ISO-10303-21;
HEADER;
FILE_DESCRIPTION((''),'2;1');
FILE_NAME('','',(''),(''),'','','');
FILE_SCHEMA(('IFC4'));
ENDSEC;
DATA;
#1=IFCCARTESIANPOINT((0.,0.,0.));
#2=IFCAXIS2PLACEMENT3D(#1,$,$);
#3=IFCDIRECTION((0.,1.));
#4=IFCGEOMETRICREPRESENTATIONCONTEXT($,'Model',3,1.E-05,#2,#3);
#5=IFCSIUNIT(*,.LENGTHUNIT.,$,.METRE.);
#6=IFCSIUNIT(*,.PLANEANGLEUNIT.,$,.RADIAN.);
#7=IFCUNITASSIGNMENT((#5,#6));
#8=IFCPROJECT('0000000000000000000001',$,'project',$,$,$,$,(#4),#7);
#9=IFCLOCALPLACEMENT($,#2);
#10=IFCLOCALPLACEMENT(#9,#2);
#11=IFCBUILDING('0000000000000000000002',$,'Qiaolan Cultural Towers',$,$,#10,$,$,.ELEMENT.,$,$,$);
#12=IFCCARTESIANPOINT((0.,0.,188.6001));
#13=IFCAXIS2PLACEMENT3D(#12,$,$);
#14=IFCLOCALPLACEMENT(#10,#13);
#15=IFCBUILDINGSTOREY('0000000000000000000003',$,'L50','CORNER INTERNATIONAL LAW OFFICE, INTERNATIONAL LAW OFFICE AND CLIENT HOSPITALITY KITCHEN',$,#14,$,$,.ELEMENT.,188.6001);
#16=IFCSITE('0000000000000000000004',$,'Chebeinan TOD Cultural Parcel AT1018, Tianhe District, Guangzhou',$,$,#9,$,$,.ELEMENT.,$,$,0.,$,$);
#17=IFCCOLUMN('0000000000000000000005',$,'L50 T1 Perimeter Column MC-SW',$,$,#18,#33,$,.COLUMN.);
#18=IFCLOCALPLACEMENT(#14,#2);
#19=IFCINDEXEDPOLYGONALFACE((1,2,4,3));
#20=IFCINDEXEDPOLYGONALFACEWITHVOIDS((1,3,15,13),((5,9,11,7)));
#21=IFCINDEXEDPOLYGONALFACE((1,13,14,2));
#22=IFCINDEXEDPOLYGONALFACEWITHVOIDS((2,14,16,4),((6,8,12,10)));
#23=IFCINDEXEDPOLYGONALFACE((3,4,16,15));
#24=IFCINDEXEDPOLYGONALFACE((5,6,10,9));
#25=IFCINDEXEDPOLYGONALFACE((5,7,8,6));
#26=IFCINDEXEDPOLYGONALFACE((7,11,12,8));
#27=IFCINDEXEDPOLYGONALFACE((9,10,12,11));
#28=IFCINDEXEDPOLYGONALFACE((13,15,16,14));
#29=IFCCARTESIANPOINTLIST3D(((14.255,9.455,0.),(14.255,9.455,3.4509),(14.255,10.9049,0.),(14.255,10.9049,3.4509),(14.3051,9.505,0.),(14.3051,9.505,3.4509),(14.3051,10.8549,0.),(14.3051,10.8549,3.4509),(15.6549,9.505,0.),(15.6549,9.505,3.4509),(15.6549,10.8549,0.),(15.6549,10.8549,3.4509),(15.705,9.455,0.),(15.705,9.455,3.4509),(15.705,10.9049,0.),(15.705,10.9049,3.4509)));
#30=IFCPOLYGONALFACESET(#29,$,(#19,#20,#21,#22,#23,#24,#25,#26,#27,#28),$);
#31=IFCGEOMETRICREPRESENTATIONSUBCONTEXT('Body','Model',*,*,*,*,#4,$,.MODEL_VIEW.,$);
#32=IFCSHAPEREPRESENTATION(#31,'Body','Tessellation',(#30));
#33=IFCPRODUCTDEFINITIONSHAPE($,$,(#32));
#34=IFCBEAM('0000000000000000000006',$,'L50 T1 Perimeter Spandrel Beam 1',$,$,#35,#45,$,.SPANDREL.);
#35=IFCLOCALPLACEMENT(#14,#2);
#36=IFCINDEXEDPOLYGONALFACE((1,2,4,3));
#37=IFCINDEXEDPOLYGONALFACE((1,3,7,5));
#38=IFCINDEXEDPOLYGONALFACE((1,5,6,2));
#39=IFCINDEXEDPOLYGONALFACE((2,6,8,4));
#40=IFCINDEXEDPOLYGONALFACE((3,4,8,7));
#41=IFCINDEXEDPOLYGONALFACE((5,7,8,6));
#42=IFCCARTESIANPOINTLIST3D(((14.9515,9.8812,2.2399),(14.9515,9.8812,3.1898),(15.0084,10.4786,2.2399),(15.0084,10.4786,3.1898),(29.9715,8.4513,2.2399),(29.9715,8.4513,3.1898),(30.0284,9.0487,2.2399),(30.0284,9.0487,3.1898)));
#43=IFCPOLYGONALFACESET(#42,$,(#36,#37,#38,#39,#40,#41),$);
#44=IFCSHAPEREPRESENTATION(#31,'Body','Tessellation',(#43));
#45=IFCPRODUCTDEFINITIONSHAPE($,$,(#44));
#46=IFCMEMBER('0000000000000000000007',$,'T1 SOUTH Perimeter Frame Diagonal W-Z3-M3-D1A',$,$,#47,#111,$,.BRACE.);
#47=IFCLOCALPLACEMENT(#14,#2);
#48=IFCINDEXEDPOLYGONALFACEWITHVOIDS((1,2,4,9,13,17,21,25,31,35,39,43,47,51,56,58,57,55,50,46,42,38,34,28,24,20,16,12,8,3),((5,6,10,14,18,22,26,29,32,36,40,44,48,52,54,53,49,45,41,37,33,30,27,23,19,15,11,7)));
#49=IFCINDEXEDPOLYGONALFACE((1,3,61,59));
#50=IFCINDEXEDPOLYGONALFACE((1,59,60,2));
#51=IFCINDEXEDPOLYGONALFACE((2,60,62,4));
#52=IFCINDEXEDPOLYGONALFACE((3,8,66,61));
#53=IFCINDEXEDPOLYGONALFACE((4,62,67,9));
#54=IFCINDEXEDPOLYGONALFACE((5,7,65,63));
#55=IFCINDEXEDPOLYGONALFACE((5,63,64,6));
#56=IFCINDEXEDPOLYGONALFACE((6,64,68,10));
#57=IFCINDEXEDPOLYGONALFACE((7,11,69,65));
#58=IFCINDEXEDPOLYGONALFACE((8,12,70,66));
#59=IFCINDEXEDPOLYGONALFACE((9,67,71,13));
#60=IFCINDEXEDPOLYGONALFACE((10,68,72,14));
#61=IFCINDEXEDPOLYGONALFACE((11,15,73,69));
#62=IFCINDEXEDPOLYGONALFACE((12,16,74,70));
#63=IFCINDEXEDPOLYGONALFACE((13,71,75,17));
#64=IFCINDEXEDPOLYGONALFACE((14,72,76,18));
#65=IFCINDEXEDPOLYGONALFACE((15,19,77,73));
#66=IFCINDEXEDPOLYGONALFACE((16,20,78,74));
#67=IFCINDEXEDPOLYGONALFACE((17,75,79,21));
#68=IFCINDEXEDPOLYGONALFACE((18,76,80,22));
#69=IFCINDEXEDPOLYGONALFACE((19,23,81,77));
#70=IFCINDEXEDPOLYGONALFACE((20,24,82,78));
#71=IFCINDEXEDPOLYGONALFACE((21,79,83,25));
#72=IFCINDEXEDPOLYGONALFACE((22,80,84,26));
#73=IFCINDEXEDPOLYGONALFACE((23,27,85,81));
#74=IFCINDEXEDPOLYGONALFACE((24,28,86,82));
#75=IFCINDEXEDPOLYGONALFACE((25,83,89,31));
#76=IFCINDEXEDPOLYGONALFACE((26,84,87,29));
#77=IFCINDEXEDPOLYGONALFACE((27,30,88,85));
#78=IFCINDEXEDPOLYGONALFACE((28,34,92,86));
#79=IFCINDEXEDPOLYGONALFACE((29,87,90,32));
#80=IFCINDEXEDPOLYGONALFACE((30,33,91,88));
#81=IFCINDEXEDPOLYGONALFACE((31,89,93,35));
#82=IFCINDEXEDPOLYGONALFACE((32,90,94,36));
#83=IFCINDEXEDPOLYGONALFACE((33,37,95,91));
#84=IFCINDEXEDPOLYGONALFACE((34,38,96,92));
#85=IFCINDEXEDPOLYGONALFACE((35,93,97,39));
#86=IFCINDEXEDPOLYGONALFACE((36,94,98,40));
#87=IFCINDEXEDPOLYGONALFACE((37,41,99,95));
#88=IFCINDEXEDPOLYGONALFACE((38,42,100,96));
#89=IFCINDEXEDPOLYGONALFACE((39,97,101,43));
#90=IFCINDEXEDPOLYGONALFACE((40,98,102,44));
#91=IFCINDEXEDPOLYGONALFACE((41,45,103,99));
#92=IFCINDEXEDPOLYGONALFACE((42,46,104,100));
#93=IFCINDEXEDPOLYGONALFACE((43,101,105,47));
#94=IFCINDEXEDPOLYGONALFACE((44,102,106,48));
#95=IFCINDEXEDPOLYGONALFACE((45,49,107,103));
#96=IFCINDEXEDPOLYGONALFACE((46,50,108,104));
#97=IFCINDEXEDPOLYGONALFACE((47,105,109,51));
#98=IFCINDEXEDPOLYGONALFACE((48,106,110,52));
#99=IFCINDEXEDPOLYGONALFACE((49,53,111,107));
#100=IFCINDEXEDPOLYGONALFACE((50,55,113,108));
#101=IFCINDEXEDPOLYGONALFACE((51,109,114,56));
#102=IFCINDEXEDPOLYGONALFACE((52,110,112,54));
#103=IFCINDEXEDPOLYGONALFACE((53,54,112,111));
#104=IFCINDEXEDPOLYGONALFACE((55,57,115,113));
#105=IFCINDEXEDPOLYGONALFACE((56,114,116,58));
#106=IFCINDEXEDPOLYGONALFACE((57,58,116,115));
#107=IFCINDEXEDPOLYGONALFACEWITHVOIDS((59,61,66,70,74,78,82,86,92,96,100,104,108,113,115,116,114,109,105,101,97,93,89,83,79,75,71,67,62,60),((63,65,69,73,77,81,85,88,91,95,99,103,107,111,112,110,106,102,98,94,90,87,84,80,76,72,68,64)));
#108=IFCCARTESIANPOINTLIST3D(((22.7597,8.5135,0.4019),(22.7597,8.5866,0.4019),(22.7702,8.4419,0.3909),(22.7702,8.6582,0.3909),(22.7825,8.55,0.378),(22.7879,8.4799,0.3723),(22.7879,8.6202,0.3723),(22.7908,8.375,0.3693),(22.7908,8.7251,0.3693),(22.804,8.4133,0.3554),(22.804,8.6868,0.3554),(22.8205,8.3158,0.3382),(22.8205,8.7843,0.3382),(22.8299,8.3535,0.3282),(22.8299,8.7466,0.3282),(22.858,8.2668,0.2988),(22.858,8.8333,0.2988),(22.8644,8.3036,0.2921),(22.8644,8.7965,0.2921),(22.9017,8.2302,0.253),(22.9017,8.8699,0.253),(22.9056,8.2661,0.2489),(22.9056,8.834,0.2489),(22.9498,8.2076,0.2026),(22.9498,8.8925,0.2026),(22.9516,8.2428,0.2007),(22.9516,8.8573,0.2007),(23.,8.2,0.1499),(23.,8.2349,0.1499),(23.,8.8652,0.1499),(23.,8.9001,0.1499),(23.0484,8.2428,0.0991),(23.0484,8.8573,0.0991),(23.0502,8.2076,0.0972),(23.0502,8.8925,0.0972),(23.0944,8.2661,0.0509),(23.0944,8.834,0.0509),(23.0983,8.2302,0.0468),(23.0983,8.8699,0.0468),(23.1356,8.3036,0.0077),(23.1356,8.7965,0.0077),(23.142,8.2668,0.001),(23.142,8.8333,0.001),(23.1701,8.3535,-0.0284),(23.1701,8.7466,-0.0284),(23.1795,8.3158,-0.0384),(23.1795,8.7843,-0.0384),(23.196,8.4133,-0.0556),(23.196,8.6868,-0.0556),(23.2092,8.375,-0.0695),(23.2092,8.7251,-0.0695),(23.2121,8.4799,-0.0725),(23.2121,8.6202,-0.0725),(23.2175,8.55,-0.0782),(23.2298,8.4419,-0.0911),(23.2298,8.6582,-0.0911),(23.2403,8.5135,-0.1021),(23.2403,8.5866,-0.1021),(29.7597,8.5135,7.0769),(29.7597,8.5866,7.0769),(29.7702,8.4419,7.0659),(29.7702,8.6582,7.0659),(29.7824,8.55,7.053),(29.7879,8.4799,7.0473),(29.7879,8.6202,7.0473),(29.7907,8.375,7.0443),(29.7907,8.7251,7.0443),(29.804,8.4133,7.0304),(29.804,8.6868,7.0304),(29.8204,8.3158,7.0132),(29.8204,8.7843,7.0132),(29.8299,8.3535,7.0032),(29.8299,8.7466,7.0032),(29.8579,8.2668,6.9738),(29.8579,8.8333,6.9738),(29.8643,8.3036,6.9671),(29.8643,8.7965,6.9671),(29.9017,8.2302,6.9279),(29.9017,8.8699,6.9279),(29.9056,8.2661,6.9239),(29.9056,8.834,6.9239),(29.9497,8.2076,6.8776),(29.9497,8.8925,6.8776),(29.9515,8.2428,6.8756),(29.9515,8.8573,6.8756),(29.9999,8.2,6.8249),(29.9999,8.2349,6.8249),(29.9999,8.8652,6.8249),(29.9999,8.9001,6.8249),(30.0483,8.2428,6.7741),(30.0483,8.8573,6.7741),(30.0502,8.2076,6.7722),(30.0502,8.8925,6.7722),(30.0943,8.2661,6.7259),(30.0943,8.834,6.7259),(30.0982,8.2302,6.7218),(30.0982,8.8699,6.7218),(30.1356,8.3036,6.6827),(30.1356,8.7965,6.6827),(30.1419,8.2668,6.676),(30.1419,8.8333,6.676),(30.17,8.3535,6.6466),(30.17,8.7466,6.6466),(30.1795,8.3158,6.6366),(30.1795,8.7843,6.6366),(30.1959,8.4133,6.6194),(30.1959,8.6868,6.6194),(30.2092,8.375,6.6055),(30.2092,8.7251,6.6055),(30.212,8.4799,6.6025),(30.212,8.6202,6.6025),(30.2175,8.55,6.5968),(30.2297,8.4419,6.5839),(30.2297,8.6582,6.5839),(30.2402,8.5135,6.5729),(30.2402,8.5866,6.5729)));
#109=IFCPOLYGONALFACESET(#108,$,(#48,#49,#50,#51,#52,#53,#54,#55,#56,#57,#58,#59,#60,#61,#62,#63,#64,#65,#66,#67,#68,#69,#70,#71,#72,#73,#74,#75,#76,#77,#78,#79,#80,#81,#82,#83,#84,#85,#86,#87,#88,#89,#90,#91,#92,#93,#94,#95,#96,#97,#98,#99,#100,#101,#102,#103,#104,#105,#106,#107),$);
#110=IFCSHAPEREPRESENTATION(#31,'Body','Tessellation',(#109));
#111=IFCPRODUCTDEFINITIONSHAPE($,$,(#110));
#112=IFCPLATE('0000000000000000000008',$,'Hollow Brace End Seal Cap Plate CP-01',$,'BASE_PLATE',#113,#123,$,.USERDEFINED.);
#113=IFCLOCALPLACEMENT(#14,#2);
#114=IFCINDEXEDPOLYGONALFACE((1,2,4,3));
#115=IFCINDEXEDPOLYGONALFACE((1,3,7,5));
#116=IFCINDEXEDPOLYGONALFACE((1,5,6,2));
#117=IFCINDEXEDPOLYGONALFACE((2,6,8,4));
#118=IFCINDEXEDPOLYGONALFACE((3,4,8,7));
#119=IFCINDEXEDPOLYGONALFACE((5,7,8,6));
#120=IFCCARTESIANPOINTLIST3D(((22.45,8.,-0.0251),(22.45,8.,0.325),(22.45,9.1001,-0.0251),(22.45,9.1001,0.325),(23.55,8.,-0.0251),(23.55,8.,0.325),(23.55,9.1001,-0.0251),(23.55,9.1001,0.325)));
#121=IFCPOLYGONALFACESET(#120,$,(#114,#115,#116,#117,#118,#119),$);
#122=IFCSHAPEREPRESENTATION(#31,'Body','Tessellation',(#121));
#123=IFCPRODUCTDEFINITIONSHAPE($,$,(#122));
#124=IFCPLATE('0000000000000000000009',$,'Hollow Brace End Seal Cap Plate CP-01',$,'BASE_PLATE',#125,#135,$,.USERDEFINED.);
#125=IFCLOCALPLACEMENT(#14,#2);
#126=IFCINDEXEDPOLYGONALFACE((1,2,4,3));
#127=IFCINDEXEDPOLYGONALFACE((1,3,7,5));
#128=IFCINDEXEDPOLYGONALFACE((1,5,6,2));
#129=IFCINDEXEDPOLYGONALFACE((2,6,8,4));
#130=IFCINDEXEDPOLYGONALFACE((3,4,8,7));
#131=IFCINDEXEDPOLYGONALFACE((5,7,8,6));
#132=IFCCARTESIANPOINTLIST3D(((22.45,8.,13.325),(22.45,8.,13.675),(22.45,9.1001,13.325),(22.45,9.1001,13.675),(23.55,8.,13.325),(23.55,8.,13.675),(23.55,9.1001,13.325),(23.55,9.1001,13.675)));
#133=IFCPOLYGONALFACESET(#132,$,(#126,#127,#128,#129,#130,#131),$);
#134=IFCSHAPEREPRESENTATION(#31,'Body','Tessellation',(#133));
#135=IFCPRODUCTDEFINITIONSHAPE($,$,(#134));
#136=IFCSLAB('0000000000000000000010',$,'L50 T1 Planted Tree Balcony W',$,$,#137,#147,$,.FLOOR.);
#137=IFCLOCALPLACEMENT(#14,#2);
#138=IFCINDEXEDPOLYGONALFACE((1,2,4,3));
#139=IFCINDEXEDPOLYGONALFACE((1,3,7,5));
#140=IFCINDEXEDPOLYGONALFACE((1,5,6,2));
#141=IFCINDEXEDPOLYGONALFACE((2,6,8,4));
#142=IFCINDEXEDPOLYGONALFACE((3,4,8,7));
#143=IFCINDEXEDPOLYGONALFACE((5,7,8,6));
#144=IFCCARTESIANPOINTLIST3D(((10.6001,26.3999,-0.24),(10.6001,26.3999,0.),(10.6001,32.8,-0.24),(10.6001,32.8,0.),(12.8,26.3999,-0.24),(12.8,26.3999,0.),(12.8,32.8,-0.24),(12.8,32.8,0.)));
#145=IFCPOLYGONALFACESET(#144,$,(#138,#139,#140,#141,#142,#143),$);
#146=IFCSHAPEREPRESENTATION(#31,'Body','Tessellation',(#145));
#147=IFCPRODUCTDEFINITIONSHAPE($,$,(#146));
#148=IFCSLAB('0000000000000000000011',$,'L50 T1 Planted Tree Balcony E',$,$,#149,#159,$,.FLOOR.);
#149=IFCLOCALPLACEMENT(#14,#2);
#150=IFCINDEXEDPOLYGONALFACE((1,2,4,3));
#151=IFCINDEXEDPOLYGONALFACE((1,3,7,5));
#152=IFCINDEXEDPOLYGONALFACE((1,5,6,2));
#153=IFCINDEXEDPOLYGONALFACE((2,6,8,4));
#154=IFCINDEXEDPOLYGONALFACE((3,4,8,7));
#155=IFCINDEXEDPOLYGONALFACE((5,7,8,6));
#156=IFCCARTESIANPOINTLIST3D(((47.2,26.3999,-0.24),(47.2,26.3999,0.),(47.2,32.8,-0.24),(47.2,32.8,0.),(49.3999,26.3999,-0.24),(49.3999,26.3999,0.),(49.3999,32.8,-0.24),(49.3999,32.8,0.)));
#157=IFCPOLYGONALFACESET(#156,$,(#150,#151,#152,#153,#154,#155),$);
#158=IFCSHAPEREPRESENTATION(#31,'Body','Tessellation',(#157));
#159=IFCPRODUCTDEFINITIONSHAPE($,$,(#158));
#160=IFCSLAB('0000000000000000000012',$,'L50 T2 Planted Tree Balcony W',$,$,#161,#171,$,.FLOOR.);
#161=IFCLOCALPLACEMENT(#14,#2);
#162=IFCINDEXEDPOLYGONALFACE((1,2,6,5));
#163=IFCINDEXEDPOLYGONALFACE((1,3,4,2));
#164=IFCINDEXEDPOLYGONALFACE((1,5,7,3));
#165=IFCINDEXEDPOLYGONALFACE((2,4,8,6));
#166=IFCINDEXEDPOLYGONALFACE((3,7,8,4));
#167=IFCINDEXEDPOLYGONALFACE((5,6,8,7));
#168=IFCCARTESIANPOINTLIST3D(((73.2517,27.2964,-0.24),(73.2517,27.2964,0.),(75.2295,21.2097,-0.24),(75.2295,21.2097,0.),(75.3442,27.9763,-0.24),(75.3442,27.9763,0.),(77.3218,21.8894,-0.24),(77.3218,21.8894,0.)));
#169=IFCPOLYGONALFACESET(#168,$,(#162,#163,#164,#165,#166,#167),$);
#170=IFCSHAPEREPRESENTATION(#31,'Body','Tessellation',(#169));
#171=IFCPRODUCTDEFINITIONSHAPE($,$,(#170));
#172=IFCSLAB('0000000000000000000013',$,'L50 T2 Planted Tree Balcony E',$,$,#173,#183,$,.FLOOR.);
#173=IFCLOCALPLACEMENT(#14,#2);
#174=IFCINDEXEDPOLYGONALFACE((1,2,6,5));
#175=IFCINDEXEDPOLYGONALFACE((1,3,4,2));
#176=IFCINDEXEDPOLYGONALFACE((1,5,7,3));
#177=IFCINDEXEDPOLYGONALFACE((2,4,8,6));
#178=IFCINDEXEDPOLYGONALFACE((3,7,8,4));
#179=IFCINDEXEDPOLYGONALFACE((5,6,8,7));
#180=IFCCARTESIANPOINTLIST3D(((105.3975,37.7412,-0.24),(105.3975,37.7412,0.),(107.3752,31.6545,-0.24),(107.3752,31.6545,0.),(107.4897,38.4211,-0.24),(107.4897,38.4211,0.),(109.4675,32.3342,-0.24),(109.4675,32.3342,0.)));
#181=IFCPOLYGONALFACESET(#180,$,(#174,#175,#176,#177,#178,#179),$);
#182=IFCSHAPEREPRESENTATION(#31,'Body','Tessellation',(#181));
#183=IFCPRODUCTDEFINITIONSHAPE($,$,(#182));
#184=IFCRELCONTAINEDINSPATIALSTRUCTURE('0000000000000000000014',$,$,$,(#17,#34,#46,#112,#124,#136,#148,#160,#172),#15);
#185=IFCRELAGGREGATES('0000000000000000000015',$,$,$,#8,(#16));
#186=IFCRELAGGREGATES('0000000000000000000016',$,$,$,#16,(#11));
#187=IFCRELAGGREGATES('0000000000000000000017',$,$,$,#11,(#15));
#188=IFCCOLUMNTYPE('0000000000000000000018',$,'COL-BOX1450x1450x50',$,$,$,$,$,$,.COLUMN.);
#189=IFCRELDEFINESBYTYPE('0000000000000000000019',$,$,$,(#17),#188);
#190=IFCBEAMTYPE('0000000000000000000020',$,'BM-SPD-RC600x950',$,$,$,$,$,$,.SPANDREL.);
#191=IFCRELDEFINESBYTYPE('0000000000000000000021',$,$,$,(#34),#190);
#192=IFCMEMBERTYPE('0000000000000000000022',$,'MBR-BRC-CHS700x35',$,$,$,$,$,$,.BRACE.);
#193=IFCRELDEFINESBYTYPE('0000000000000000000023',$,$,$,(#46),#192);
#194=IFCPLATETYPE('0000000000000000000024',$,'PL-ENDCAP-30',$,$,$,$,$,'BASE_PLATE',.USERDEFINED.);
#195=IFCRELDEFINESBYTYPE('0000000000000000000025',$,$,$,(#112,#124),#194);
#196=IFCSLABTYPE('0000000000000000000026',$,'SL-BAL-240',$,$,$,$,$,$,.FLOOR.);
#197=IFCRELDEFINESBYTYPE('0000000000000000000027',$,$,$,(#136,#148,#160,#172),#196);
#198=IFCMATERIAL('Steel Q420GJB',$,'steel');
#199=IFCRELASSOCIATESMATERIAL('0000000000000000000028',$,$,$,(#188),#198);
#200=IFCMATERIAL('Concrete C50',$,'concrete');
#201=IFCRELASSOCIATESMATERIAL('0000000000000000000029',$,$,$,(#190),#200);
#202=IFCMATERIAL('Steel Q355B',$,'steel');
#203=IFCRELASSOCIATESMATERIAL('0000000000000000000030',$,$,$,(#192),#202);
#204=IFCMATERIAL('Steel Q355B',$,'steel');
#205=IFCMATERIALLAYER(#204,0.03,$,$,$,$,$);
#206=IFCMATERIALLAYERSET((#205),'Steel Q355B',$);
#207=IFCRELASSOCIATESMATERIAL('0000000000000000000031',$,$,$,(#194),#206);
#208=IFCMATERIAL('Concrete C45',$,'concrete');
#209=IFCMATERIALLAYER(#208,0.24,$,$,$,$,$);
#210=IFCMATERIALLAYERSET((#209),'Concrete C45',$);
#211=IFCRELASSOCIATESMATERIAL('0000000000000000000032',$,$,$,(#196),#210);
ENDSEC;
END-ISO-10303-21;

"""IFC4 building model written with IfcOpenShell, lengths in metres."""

from ifc_helpers import new_model, si_unit, direction, frame, origin, origin_2d, place, context, subcontext, project, spatial, polyline, rectangle, hollow_rectangle, hollow_circle, outline, extrude, material, layer, layer_set, material_profile, profile_set, type_object, element, save


model = new_model("IFC4")

# Units and contexts
model_context = context("Model", 3, precision=1e-05, world=origin(), true_north=direction((0.0, 1.0)))
body_context = subcontext(model_context, "Body", "Model", "MODEL_VIEW")
ifc_project = project(units=[si_unit("LENGTHUNIT", "METRE"), si_unit("PLANEANGLEUNIT", "RADIAN")], contexts=[model_context])

# Site, building, storey
site_placement = place(None, origin())
site = spatial("IfcSite", under=ifc_project, at=site_placement, Name="Chebeinan TOD Cultural Parcel AT1018, Tianhe District, Guangzhou", CompositionType="ELEMENT", RefElevation=0.0)
building_placement = place(site_placement, origin())
building = spatial("IfcBuilding", under=site, at=building_placement, Name="Qiaolan Cultural Towers", CompositionType="ELEMENT")
storey_placement = place(building_placement, frame((0.0, 0.0, 188.6001)))
storey = spatial("IfcBuildingStorey", under=building, at=storey_placement, Name="L50", Description="CORNER INTERNATIONAL LAW OFFICE, INTERNATIONAL LAW OFFICE AND CLIENT HOSPITALITY KITCHEN", CompositionType="ELEMENT", Elevation=188.6001)

# Column
ifc_material_1 = material(Name="Steel Q420GJB", Category="steel")
ifc_material_profile_1 = material_profile(ifc_material_1, hollow_rectangle(XDim=1.45, YDim=1.45, WallThickness=0.05, at=origin_2d()), Name="BOX1450x1450x50")
ifc_profile_set_1 = profile_set([ifc_material_profile_1], Name="Steel Q420GJB")
column_type = type_object("IfcColumnType", Name="COL-BOX1450x1450x50", PredefinedType="COLUMN", material=ifc_profile_set_1)
column_placement = place(storey_placement, frame((14.98, 10.1799, 0.0), z_axis=(0.0, 0.0, 1.0), x_axis=(1.0, 0.0, 0.0)))
element("IfcColumn", 1, at=column_placement, inside=storey, type_object=column_type, Name="L50 T1 Perimeter Column MC-SW", PredefinedType="COLUMN", context=body_context, shape_type="SweptSolid", body=[
    extrude(hollow_rectangle(XDim=1.45, YDim=1.45, WallThickness=0.05, at=origin_2d()), origin(), (0.0, 0.0, 1.0), 3.4509),
])

# Beam
ifc_material_2 = material(Name="Concrete C50", Category="concrete")
ifc_material_profile_2 = material_profile(ifc_material_2, rectangle(XDim=0.6001, YDim=0.95, at=origin_2d()), Name="RC600x950")
ifc_profile_set_2 = profile_set([ifc_material_profile_2], Name="Concrete C50")
beam_type = type_object("IfcBeamType", Name="BM-SPD-RC600x950", PredefinedType="SPANDREL", material=ifc_profile_set_2)
beam_placement = place(storey_placement, frame((14.98, 10.1799, 2.7148), z_axis=(0.995499, -0.094773, 0.0), x_axis=(0.094773, 0.995499, 0.0)))
element("IfcBeam", 2, at=beam_placement, inside=storey, type_object=beam_type, Name="L50 T1 Perimeter Spandrel Beam 1", PredefinedType="SPANDREL", context=body_context, shape_type="SweptSolid", body=[
    extrude(rectangle(XDim=0.6001, YDim=0.95, at=origin_2d()), origin(), (0.0, 0.0, 1.0), 15.0879),
])

# Member
ifc_material_3 = material(Name="Steel Q355B", Category="steel")
ifc_material_profile_3 = material_profile(ifc_material_3, hollow_circle(Radius=0.3501, WallThickness=0.0349, at=origin_2d()), Name="CHS700x35")
ifc_profile_set_3 = profile_set([ifc_material_profile_3], Name="Steel Q355B")
member_type = type_object("IfcMemberType", Name="MBR-BRC-CHS700x35", PredefinedType="BRACE", material=ifc_profile_set_3)
member_placement = place(storey_placement, frame((23.0, 8.55, 0.1499), z_axis=(0.723705, 0.0, 0.690109), x_axis=(0.0, 1.0, 0.0)))
element("IfcMember", 3, at=member_placement, inside=storey, type_object=member_type, Name="T1 SOUTH Perimeter Frame Diagonal W-Z3-M3-D1A", PredefinedType="BRACE", context=body_context, shape_type="SweptSolid", body=[
    extrude(hollow_circle(Radius=0.3501, WallThickness=0.0349, at=origin_2d()), origin(), (0.0, 0.0, 1.0), 9.6724),
])

# Plates
ifc_material_4 = material(Name="Steel Q355B", Category="steel")
ifc_layer_1 = layer(ifc_material_4, 0.03)
ifc_layer_set_1 = layer_set([ifc_layer_1], Name="Steel Q355B")
plate_type = type_object("IfcPlateType", Name="PL-ENDCAP-30", ElementType="BASE_PLATE", PredefinedType="USERDEFINED", material=ifc_layer_set_1)
for number, where, z_axis, x_axis, name in (
    (4, (23.0, 8.55, -0.0251), (0.0, 0.0, 1.0), (1.0, 0.0, 0.0), "Hollow Brace End Seal Cap Plate CP-01"),
    (5, (23.0, 8.55, 13.325), (0.0, 0.0, 1.0), (1.0, 0.0, 0.0), "Hollow Brace End Seal Cap Plate CP-01"),
):
    element("IfcPlate", number, at=place(storey_placement, frame(where, z_axis=z_axis, x_axis=x_axis)), inside=storey, type_object=plate_type, Name=name, ObjectType="BASE_PLATE", PredefinedType="USERDEFINED", context=body_context, shape_type="SweptSolid", body=[
        extrude(rectangle(XDim=1.1001, YDim=1.1001, at=origin_2d()), origin(), (0.0, 0.0, 1.0), 0.3501),
    ])

# Slabs
ifc_material_5 = material(Name="Concrete C45", Category="concrete")
ifc_layer_2 = layer(ifc_material_5, 0.24)
ifc_layer_set_2 = layer_set([ifc_layer_2], Name="Concrete C45")
slab_type_1 = type_object("IfcSlabType", Name="SL-BAL-240", PredefinedType="FLOOR", material=ifc_layer_set_2)
slab_1_placement = place(storey_placement, frame((0.0, 0.0, -0.24)))
element("IfcSlab", 6, at=slab_1_placement, inside=storey, type_object=slab_type_1, Name="L50 T1 Planted Tree Balcony W", PredefinedType="FLOOR", context=body_context, shape_type="SweptSolid", body=[
    extrude(outline(polyline([(10.6001, 26.3999), (12.8, 26.3999), (12.8, 32.8), (10.6001, 32.8), (10.6001, 26.3999)])), origin(), (0.0, 0.0, 1.0), 0.24),
])
slab_2_placement = place(storey_placement, frame((0.0, 0.0, -0.24)))
element("IfcSlab", 7, at=slab_2_placement, inside=storey, type_object=slab_type_1, Name="L50 T1 Planted Tree Balcony E", PredefinedType="FLOOR", context=body_context, shape_type="SweptSolid", body=[
    extrude(outline(polyline([(47.2, 26.3999), (49.3999, 26.3999), (49.3999, 32.8), (47.2, 32.8), (47.2, 26.3999)])), origin(), (0.0, 0.0, 1.0), 0.24),
])
slab_3_placement = place(storey_placement, frame((0.0, 0.0, -0.24)))
element("IfcSlab", 8, at=slab_3_placement, inside=storey, type_object=slab_type_1, Name="L50 T2 Planted Tree Balcony W", PredefinedType="FLOOR", context=body_context, shape_type="SweptSolid", body=[
    extrude(outline(polyline([(75.2295, 21.2097), (77.3218, 21.8894), (75.3442, 27.9763), (73.2517, 27.2964), (75.2295, 21.2097)])), origin(), (0.0, 0.0, 1.0), 0.24),
])
slab_4_placement = place(storey_placement, frame((0.0, 0.0, -0.24)))
element("IfcSlab", 9, at=slab_4_placement, inside=storey, type_object=slab_type_1, Name="L50 T2 Planted Tree Balcony E", PredefinedType="FLOOR", context=body_context, shape_type="SweptSolid", body=[
    extrude(outline(polyline([(107.3752, 31.6545), (109.4675, 32.3342), (107.4897, 38.4211), (105.3975, 37.7412), (107.3752, 31.6545)])), origin(), (0.0, 0.0, 1.0), 0.24),
])

save(model, "model.ifc")
